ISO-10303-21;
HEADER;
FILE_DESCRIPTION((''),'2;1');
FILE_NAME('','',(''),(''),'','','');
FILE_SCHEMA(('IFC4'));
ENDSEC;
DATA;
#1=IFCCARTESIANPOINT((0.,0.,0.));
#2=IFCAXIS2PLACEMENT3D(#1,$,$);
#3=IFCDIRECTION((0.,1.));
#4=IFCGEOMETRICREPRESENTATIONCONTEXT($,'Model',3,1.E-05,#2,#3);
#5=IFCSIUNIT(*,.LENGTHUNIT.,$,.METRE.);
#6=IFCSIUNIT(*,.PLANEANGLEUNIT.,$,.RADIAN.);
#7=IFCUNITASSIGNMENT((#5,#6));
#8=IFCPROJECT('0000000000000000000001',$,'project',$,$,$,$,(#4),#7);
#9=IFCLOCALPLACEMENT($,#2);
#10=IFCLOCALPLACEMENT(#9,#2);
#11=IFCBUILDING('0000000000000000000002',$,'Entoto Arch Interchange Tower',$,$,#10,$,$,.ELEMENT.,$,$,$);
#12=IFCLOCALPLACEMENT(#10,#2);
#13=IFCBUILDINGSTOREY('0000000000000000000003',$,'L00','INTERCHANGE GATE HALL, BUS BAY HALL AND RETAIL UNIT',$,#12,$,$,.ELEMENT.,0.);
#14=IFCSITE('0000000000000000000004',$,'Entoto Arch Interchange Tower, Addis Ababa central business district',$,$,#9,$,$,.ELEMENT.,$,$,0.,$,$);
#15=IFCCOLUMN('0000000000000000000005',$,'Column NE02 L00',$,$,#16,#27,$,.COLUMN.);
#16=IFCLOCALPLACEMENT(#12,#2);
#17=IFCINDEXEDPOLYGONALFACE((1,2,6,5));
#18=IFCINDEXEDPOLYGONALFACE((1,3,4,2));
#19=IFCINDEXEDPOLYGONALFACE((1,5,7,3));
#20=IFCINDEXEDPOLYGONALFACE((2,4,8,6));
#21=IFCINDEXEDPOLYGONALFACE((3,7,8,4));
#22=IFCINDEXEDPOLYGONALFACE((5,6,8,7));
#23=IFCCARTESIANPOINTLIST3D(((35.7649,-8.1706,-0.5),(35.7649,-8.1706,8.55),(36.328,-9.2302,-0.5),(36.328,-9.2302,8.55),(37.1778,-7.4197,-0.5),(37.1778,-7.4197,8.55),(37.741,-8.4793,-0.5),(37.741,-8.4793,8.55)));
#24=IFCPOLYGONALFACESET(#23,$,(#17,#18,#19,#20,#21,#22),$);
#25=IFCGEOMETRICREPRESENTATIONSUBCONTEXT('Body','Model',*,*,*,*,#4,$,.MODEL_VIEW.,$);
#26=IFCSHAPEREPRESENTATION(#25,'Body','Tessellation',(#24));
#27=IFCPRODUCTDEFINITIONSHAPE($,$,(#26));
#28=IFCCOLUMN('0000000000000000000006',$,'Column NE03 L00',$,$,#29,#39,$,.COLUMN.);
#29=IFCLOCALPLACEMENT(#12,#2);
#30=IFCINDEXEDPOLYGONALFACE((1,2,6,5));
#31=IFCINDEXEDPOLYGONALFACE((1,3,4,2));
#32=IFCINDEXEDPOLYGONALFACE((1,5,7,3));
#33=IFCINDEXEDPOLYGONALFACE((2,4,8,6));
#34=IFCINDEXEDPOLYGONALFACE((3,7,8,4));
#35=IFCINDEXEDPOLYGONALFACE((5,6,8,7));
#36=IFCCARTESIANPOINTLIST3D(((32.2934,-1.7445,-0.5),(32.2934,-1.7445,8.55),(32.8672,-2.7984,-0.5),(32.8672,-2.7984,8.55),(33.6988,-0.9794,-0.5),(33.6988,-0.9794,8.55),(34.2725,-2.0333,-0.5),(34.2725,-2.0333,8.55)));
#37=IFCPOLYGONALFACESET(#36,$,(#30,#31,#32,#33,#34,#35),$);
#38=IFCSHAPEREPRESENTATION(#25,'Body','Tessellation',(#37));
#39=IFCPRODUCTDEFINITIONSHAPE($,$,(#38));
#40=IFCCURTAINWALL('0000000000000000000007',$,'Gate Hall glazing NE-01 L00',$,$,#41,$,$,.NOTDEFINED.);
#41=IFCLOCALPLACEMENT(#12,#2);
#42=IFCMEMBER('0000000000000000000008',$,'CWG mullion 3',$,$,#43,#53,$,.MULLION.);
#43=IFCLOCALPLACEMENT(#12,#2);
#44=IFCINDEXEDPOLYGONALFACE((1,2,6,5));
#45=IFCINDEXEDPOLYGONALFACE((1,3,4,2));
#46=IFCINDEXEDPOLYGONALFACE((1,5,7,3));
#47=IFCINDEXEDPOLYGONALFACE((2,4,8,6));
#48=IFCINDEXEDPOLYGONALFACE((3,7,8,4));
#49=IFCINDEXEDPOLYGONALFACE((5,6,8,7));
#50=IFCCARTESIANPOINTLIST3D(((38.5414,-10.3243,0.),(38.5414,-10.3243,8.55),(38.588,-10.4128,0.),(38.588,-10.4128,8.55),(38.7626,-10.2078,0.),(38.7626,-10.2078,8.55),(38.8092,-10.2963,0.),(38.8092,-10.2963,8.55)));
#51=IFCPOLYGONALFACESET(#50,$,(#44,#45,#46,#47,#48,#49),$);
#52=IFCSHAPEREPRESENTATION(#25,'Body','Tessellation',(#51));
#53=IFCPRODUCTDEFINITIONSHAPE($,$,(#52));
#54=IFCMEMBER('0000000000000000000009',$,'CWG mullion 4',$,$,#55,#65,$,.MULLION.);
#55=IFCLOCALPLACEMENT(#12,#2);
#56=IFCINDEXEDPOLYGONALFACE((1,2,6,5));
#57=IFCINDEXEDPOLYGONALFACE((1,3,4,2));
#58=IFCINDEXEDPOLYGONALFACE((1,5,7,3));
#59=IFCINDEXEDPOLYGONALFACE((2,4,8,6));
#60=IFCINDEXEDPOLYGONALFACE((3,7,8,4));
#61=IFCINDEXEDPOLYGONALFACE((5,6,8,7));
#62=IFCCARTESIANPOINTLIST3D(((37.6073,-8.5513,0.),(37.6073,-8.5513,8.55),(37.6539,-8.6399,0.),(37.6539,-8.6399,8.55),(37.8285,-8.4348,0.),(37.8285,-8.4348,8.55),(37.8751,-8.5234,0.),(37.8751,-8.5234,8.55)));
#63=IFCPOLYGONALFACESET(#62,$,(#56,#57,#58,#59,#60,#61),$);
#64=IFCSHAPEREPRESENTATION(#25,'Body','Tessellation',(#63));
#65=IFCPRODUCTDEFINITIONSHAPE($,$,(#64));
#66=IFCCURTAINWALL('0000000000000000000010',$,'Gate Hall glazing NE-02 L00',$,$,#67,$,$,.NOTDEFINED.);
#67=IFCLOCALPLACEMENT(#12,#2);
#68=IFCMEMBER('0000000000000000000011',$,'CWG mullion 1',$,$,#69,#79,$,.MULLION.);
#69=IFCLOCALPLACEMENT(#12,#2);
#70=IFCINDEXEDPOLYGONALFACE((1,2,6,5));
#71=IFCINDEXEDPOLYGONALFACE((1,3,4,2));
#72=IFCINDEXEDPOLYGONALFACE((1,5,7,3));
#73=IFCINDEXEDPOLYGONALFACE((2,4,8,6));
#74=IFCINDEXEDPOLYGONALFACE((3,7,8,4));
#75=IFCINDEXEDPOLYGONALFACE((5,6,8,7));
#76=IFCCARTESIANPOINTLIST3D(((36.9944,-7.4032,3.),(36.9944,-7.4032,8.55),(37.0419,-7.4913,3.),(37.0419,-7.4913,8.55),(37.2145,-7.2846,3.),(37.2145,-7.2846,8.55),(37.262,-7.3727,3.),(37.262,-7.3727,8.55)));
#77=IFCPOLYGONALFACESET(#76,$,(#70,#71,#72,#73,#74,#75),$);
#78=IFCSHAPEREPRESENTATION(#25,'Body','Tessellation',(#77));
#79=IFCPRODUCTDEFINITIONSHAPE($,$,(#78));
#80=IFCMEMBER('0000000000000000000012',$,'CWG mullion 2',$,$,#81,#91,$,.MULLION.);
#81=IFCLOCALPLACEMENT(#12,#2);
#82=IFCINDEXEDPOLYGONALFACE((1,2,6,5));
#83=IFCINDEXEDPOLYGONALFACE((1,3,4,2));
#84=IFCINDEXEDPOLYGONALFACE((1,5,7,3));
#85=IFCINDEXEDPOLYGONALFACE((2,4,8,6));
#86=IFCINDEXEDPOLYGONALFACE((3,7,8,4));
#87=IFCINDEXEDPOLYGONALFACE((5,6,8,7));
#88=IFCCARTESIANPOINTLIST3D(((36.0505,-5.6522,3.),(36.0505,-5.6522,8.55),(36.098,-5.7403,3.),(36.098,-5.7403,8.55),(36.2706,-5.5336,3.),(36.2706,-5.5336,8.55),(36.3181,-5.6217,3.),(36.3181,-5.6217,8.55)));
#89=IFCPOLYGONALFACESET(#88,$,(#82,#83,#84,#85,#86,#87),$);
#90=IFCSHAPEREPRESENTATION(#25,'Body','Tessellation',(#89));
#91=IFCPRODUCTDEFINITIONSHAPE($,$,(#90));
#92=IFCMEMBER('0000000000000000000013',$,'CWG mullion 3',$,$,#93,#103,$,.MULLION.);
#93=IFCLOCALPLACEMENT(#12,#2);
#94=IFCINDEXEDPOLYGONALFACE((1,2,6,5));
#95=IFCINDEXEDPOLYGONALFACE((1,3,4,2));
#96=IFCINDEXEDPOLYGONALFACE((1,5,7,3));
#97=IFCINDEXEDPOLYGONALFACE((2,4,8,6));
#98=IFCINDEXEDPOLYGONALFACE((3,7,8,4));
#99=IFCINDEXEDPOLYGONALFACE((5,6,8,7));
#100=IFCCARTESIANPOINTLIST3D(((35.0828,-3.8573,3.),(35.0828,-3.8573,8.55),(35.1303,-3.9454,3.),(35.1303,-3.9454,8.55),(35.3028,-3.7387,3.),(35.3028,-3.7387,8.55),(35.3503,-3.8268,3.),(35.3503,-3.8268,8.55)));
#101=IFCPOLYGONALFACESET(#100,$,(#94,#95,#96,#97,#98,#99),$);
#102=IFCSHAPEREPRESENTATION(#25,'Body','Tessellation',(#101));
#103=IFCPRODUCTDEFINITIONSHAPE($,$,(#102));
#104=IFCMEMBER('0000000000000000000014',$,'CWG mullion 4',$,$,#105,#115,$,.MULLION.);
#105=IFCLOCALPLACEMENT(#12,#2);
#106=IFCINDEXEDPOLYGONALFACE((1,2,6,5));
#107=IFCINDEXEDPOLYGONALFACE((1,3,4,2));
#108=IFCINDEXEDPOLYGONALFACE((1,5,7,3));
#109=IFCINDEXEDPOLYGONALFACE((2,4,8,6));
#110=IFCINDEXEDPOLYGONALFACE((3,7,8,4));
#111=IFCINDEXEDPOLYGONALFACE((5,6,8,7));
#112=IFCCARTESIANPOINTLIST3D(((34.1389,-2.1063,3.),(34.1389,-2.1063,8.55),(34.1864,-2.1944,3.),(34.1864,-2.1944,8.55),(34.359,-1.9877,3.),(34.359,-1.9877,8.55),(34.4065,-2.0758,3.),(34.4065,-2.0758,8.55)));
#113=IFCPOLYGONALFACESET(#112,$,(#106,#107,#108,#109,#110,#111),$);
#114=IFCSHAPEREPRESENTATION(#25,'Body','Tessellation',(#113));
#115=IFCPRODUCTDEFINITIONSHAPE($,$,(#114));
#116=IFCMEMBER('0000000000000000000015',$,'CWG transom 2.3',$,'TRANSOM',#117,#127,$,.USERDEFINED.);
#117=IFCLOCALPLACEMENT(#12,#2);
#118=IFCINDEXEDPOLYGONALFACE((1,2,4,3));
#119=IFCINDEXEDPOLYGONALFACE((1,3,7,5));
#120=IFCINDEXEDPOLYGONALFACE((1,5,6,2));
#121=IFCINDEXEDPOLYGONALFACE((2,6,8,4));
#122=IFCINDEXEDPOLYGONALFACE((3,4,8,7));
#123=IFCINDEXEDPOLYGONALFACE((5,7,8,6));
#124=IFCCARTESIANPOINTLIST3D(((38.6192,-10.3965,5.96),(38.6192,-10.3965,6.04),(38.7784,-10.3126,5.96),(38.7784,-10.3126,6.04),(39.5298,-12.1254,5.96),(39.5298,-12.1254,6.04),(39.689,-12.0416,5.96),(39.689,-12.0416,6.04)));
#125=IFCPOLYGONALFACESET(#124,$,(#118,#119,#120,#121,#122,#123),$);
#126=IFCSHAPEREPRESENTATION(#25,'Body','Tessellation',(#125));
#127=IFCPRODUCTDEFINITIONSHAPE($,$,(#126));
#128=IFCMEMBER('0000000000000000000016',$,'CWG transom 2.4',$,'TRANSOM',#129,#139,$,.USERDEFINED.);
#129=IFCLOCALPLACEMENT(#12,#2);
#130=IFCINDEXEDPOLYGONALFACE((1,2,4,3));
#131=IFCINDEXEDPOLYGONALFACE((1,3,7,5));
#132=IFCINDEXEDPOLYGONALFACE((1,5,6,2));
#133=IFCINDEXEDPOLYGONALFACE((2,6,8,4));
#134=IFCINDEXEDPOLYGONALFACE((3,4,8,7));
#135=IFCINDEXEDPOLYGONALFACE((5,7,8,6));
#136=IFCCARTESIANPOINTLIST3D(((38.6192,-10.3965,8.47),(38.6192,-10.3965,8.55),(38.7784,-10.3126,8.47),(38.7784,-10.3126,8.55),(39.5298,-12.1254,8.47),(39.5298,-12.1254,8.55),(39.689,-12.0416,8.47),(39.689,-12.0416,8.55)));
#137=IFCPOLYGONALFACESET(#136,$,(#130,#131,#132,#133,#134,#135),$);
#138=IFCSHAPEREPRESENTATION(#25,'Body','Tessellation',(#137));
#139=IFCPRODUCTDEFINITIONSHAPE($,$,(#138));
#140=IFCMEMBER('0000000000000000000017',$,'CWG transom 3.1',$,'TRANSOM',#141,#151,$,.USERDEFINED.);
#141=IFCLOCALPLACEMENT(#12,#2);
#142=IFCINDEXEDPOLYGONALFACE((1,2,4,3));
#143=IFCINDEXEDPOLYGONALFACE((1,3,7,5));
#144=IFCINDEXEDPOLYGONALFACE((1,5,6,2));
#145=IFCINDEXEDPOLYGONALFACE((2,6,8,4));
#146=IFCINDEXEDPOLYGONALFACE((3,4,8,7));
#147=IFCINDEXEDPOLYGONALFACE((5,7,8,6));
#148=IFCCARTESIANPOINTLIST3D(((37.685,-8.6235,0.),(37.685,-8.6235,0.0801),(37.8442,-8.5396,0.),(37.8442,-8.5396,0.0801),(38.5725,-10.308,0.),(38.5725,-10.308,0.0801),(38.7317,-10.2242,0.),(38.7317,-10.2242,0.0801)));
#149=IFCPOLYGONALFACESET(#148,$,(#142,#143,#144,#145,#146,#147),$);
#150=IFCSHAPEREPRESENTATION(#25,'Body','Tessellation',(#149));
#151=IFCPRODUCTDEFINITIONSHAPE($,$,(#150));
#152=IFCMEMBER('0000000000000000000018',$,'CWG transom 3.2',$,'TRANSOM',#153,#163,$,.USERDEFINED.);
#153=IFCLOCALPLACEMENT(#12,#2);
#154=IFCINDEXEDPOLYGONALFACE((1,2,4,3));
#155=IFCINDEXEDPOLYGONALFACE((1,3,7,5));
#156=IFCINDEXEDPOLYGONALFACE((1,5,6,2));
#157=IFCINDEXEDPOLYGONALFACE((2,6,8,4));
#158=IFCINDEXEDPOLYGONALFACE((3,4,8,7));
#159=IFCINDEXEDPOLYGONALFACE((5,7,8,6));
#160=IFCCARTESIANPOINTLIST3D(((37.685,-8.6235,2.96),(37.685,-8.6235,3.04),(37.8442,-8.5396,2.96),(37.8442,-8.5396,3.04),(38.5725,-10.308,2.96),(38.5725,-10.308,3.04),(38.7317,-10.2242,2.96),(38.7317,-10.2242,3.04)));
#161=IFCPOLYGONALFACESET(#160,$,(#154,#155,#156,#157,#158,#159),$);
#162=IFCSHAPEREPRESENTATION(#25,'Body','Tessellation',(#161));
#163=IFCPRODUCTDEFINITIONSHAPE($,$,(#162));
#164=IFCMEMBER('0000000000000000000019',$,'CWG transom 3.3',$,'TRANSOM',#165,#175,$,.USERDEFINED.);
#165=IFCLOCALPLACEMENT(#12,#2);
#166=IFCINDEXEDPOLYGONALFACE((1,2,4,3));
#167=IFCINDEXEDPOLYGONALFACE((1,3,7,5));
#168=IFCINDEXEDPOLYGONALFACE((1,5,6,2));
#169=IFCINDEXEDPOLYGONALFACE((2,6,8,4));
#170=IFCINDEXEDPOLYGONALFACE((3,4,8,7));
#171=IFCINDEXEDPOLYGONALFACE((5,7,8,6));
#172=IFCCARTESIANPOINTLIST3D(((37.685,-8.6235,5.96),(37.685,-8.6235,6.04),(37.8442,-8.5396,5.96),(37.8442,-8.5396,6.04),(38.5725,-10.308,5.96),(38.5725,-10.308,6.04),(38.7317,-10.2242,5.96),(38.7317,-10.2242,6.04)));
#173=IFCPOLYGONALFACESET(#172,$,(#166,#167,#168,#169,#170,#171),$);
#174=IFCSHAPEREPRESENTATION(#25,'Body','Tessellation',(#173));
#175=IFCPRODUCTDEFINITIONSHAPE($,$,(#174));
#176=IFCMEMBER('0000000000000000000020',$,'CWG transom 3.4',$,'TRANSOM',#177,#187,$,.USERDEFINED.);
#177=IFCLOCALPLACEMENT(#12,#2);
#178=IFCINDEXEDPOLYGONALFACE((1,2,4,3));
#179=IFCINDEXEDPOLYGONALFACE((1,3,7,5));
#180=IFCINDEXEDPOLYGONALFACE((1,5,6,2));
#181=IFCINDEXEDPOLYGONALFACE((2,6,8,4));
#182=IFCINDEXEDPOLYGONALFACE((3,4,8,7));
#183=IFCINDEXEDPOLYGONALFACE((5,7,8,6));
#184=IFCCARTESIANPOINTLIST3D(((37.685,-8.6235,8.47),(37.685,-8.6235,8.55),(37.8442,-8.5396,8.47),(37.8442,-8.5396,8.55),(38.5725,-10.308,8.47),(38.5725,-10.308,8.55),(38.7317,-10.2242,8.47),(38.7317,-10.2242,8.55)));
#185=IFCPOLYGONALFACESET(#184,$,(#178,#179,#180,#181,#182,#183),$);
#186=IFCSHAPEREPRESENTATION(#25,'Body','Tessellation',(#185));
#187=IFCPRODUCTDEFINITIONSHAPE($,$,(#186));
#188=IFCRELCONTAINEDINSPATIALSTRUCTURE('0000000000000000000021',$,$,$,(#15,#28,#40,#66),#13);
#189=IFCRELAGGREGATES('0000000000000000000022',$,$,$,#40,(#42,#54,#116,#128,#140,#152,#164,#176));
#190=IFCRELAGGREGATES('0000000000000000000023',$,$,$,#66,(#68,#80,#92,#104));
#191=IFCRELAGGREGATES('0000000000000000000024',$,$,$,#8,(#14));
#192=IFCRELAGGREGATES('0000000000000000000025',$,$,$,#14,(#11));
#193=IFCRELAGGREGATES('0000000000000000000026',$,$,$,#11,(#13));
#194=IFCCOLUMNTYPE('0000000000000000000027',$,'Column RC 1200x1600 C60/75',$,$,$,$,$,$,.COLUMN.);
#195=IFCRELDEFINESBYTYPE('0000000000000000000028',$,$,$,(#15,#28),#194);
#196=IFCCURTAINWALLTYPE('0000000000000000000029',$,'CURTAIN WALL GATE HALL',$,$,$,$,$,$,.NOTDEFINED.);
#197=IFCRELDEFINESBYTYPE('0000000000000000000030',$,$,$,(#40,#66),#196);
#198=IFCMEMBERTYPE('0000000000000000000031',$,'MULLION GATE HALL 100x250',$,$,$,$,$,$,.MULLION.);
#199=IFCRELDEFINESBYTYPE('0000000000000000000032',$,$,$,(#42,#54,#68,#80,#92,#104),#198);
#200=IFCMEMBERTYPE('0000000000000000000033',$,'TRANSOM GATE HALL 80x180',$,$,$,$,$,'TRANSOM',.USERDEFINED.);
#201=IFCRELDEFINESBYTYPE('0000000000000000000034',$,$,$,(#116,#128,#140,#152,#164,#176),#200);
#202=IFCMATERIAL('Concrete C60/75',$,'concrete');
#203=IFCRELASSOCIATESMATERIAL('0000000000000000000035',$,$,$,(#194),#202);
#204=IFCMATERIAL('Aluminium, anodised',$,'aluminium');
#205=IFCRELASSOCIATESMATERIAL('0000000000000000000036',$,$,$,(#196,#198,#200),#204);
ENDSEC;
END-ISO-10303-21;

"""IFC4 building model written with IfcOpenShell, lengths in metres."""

from ifc_helpers import new_model, si_unit, direction, frame, origin, origin_2d, place, context, subcontext, project, spatial, rectangle, extrude, material, material_profile, profile_set, type_object, element, aggregate, save


model = new_model("IFC4")

# Units and contexts
model_context = context("Model", 3, precision=1e-05, world=origin(), true_north=direction((0.0, 1.0)))
body_context = subcontext(model_context, "Body", "Model", "MODEL_VIEW")
ifc_project = project(units=[si_unit("LENGTHUNIT", "METRE"), si_unit("PLANEANGLEUNIT", "RADIAN")], contexts=[model_context])

# Site, building, storey
site_placement = place(None, origin())
site = spatial("IfcSite", under=ifc_project, at=site_placement, Name="Entoto Arch Interchange Tower, Addis Ababa central business district", CompositionType="ELEMENT", RefElevation=0.0)
building_placement = place(site_placement, origin())
building = spatial("IfcBuilding", under=site, at=building_placement, Name="Entoto Arch Interchange Tower", CompositionType="ELEMENT")
storey_placement = place(building_placement, origin())
storey = spatial("IfcBuildingStorey", under=building, at=storey_placement, Name="L00", Description="INTERCHANGE GATE HALL, BUS BAY HALL AND RETAIL UNIT", CompositionType="ELEMENT", Elevation=0.0)

# Columns
ifc_material_1 = material(Name="Concrete C60/75", Category="concrete")
ifc_material_profile_1 = material_profile(ifc_material_1, rectangle(XDim=1.2, YDim=1.6001, at=origin_2d()))
ifc_profile_set_1 = profile_set([ifc_material_profile_1], Name="Concrete C60/75")
column_type = type_object("IfcColumnType", Name="Column RC 1200x1600 C60/75", PredefinedType="COLUMN", material=ifc_profile_set_1)
for number, where, z_axis, x_axis, name in (
    (1, (36.7529, -8.325, -0.5), (0.0, 0.0, 1.0), (-0.469317, 0.88303, 0.0), "Column NE02 L00"),
    (2, (33.283, -1.8889, -0.5), (0.0, 0.0, 1.0), (-0.47814, 0.878284, 0.0), "Column NE03 L00"),
):
    element("IfcColumn", number, at=place(storey_placement, frame(where, z_axis=z_axis, x_axis=x_axis)), inside=storey, type_object=column_type, Name=name, PredefinedType="COLUMN", context=body_context, shape_type="SweptSolid", body=[
        extrude(rectangle(XDim=1.2, YDim=1.6001, at=origin_2d()), origin(), (0.0, 0.0, 1.0), 9.05),
    ])

# Curtain walls, members
ifc_material_2 = material(Name="Aluminium, anodised", Category="aluminium")
curtain_wall_type = type_object("IfcCurtainWallType", Name="CURTAIN WALL GATE HALL", PredefinedType="NOTDEFINED", material=ifc_material_2)
curtain_wall_1_placement = place(storey_placement, origin())
curtain_wall_1 = element("IfcCurtainWall", 3, at=curtain_wall_1_placement, inside=storey, type_object=curtain_wall_type, Name="Gate Hall glazing NE-01 L00", PredefinedType="NOTDEFINED")
ifc_material_profile_2 = material_profile(ifc_material_2, rectangle(XDim=0.25, YDim=0.1001, at=origin_2d()))
ifc_profile_set_2 = profile_set([ifc_material_profile_2], Name="Aluminium, anodised")
member_type_1 = type_object("IfcMemberType", Name="MULLION GATE HALL 100x250", PredefinedType="MULLION", material=ifc_profile_set_2)
member_1_placement = place(storey_placement, frame((38.6753, -10.3103, 0.0), z_axis=(0.0, 0.0, 1.0), x_axis=(-0.884749, -0.466067, 0.0)))
member_1 = element("IfcMember", 4, at=member_1_placement, type_object=member_type_1, Name="CWG mullion 3", PredefinedType="MULLION", context=body_context, shape_type="SweptSolid", body=[
    extrude(rectangle(XDim=0.25, YDim=0.1001, at=origin_2d()), origin(), (0.0, 0.0, 1.0), 8.55),
])
member_2_placement = place(storey_placement, frame((37.7412, -8.5374, 0.0), z_axis=(0.0, 0.0, 1.0), x_axis=(-0.884749, -0.466067, 0.0)))
member_2 = element("IfcMember", 5, at=member_2_placement, type_object=member_type_1, Name="CWG mullion 4", PredefinedType="MULLION", context=body_context, shape_type="SweptSolid", body=[
    extrude(rectangle(XDim=0.25, YDim=0.1001, at=origin_2d()), origin(), (0.0, 0.0, 1.0), 8.55),
])
curtain_wall_2_placement = place(storey_placement, origin())
curtain_wall_2 = element("IfcCurtainWall", 6, at=curtain_wall_2_placement, inside=storey, type_object=curtain_wall_type, Name="Gate Hall glazing NE-02 L00", PredefinedType="NOTDEFINED")
member_3_placement = place(storey_placement, frame((37.1282, -7.3879, 3.0), z_axis=(0.0, 0.0, 1.0), x_axis=(-0.88024, -0.474529, 0.0)))
member_3 = element("IfcMember", 7, at=member_3_placement, type_object=member_type_1, Name="CWG mullion 1", PredefinedType="MULLION", context=body_context, shape_type="SweptSolid", body=[
    extrude(rectangle(XDim=0.25, YDim=0.1001, at=origin_2d()), origin(), (0.0, 0.0, 1.0), 5.55),
])
member_4_placement = place(storey_placement, frame((36.1843, -5.637, 3.0), z_axis=(0.0, 0.0, 1.0), x_axis=(-0.88024, -0.474529, 0.0)))
member_4 = element("IfcMember", 8, at=member_4_placement, type_object=member_type_1, Name="CWG mullion 2", PredefinedType="MULLION", context=body_context, shape_type="SweptSolid", body=[
    extrude(rectangle(XDim=0.25, YDim=0.1001, at=origin_2d()), origin(), (0.0, 0.0, 1.0), 5.55),
])
member_5_placement = place(storey_placement, frame((35.2166, -3.842, 3.0), z_axis=(0.0, 0.0, 1.0), x_axis=(-0.88024, -0.474529, 0.0)))
member_5 = element("IfcMember", 9, at=member_5_placement, type_object=member_type_1, Name="CWG mullion 3", PredefinedType="MULLION", context=body_context, shape_type="SweptSolid", body=[
    extrude(rectangle(XDim=0.25, YDim=0.1001, at=origin_2d()), origin(), (0.0, 0.0, 1.0), 5.55),
])
member_6_placement = place(storey_placement, frame((34.2727, -2.0911, 3.0), z_axis=(0.0, 0.0, 1.0), x_axis=(-0.88024, -0.474529, 0.0)))
member_6 = element("IfcMember", 10, at=member_6_placement, type_object=member_type_1, Name="CWG mullion 4", PredefinedType="MULLION", context=body_context, shape_type="SweptSolid", body=[
    extrude(rectangle(XDim=0.25, YDim=0.1001, at=origin_2d()), origin(), (0.0, 0.0, 1.0), 5.55),
])

# Members
ifc_material_profile_3 = material_profile(ifc_material_2, rectangle(XDim=0.1799, YDim=0.0801, at=origin_2d()))
ifc_profile_set_3 = profile_set([ifc_material_profile_3], Name="Aluminium, anodised")
member_type_2 = type_object("IfcMemberType", Name="TRANSOM GATE HALL 80x180", ElementType="TRANSOM", PredefinedType="USERDEFINED", material=ifc_profile_set_3)
member_7_placement = place(storey_placement, frame((39.6094, -12.0835, 6.0), z_axis=(-0.466004, 0.884783, 0.0), x_axis=(-0.884783, -0.466004, 0.0)))
member_7 = element("IfcMember", 11, at=member_7_placement, type_object=member_type_2, Name="CWG transom 2.3", ObjectType="TRANSOM", PredefinedType="USERDEFINED", context=body_context, shape_type="SweptSolid", body=[
    extrude(rectangle(XDim=0.1799, YDim=0.0801, at=origin_2d()), origin(), (0.0, 0.0, 1.0), 1.9541),
])
member_8_placement = place(storey_placement, frame((39.6094, -12.0835, 8.51), z_axis=(-0.466004, 0.884783, 0.0), x_axis=(-0.884783, -0.466004, 0.0)))
member_8 = element("IfcMember", 12, at=member_8_placement, type_object=member_type_2, Name="CWG transom 2.4", ObjectType="TRANSOM", PredefinedType="USERDEFINED", context=body_context, shape_type="SweptSolid", body=[
    extrude(rectangle(XDim=0.1799, YDim=0.0801, at=origin_2d()), origin(), (0.0, 0.0, 1.0), 1.9541),
])
member_9_placement = place(storey_placement, frame((38.6521, -10.2661, 0.04), z_axis=(-0.46609, 0.884737, 0.0), x_axis=(-0.884737, -0.46609, 0.0)))
member_9 = element("IfcMember", 13, at=member_9_placement, type_object=member_type_2, Name="CWG transom 3.1", ObjectType="TRANSOM", PredefinedType="USERDEFINED", context=body_context, shape_type="SweptSolid", body=[
    extrude(rectangle(XDim=0.1799, YDim=0.0801, at=origin_2d()), origin(), (0.0, 0.0, 1.0), 1.9041),
])
member_10_placement = place(storey_placement, frame((38.6521, -10.2661, 3.0), z_axis=(-0.46609, 0.884737, 0.0), x_axis=(-0.884737, -0.46609, 0.0)))
member_10 = element("IfcMember", 14, at=member_10_placement, type_object=member_type_2, Name="CWG transom 3.2", ObjectType="TRANSOM", PredefinedType="USERDEFINED", context=body_context, shape_type="SweptSolid", body=[
    extrude(rectangle(XDim=0.1799, YDim=0.0801, at=origin_2d()), origin(), (0.0, 0.0, 1.0), 1.9041),
])
member_11_placement = place(storey_placement, frame((38.6521, -10.2661, 6.0), z_axis=(-0.46609, 0.884737, 0.0), x_axis=(-0.884737, -0.46609, 0.0)))
member_11 = element("IfcMember", 15, at=member_11_placement, type_object=member_type_2, Name="CWG transom 3.3", ObjectType="TRANSOM", PredefinedType="USERDEFINED", context=body_context, shape_type="SweptSolid", body=[
    extrude(rectangle(XDim=0.1799, YDim=0.0801, at=origin_2d()), origin(), (0.0, 0.0, 1.0), 1.9041),
])
member_12_placement = place(storey_placement, frame((38.6521, -10.2661, 8.51), z_axis=(-0.46609, 0.884737, 0.0), x_axis=(-0.884737, -0.46609, 0.0)))
member_12 = element("IfcMember", 16, at=member_12_placement, type_object=member_type_2, Name="CWG transom 3.4", ObjectType="TRANSOM", PredefinedType="USERDEFINED", context=body_context, shape_type="SweptSolid", body=[
    extrude(rectangle(XDim=0.1799, YDim=0.0801, at=origin_2d()), origin(), (0.0, 0.0, 1.0), 1.9041),
])

aggregate(curtain_wall_1, [member_1, member_2, member_7, member_8, member_9, member_10, member_11, member_12])
aggregate(curtain_wall_2, [member_3, member_4, member_5, member_6])

save(model, "model.ifc")
